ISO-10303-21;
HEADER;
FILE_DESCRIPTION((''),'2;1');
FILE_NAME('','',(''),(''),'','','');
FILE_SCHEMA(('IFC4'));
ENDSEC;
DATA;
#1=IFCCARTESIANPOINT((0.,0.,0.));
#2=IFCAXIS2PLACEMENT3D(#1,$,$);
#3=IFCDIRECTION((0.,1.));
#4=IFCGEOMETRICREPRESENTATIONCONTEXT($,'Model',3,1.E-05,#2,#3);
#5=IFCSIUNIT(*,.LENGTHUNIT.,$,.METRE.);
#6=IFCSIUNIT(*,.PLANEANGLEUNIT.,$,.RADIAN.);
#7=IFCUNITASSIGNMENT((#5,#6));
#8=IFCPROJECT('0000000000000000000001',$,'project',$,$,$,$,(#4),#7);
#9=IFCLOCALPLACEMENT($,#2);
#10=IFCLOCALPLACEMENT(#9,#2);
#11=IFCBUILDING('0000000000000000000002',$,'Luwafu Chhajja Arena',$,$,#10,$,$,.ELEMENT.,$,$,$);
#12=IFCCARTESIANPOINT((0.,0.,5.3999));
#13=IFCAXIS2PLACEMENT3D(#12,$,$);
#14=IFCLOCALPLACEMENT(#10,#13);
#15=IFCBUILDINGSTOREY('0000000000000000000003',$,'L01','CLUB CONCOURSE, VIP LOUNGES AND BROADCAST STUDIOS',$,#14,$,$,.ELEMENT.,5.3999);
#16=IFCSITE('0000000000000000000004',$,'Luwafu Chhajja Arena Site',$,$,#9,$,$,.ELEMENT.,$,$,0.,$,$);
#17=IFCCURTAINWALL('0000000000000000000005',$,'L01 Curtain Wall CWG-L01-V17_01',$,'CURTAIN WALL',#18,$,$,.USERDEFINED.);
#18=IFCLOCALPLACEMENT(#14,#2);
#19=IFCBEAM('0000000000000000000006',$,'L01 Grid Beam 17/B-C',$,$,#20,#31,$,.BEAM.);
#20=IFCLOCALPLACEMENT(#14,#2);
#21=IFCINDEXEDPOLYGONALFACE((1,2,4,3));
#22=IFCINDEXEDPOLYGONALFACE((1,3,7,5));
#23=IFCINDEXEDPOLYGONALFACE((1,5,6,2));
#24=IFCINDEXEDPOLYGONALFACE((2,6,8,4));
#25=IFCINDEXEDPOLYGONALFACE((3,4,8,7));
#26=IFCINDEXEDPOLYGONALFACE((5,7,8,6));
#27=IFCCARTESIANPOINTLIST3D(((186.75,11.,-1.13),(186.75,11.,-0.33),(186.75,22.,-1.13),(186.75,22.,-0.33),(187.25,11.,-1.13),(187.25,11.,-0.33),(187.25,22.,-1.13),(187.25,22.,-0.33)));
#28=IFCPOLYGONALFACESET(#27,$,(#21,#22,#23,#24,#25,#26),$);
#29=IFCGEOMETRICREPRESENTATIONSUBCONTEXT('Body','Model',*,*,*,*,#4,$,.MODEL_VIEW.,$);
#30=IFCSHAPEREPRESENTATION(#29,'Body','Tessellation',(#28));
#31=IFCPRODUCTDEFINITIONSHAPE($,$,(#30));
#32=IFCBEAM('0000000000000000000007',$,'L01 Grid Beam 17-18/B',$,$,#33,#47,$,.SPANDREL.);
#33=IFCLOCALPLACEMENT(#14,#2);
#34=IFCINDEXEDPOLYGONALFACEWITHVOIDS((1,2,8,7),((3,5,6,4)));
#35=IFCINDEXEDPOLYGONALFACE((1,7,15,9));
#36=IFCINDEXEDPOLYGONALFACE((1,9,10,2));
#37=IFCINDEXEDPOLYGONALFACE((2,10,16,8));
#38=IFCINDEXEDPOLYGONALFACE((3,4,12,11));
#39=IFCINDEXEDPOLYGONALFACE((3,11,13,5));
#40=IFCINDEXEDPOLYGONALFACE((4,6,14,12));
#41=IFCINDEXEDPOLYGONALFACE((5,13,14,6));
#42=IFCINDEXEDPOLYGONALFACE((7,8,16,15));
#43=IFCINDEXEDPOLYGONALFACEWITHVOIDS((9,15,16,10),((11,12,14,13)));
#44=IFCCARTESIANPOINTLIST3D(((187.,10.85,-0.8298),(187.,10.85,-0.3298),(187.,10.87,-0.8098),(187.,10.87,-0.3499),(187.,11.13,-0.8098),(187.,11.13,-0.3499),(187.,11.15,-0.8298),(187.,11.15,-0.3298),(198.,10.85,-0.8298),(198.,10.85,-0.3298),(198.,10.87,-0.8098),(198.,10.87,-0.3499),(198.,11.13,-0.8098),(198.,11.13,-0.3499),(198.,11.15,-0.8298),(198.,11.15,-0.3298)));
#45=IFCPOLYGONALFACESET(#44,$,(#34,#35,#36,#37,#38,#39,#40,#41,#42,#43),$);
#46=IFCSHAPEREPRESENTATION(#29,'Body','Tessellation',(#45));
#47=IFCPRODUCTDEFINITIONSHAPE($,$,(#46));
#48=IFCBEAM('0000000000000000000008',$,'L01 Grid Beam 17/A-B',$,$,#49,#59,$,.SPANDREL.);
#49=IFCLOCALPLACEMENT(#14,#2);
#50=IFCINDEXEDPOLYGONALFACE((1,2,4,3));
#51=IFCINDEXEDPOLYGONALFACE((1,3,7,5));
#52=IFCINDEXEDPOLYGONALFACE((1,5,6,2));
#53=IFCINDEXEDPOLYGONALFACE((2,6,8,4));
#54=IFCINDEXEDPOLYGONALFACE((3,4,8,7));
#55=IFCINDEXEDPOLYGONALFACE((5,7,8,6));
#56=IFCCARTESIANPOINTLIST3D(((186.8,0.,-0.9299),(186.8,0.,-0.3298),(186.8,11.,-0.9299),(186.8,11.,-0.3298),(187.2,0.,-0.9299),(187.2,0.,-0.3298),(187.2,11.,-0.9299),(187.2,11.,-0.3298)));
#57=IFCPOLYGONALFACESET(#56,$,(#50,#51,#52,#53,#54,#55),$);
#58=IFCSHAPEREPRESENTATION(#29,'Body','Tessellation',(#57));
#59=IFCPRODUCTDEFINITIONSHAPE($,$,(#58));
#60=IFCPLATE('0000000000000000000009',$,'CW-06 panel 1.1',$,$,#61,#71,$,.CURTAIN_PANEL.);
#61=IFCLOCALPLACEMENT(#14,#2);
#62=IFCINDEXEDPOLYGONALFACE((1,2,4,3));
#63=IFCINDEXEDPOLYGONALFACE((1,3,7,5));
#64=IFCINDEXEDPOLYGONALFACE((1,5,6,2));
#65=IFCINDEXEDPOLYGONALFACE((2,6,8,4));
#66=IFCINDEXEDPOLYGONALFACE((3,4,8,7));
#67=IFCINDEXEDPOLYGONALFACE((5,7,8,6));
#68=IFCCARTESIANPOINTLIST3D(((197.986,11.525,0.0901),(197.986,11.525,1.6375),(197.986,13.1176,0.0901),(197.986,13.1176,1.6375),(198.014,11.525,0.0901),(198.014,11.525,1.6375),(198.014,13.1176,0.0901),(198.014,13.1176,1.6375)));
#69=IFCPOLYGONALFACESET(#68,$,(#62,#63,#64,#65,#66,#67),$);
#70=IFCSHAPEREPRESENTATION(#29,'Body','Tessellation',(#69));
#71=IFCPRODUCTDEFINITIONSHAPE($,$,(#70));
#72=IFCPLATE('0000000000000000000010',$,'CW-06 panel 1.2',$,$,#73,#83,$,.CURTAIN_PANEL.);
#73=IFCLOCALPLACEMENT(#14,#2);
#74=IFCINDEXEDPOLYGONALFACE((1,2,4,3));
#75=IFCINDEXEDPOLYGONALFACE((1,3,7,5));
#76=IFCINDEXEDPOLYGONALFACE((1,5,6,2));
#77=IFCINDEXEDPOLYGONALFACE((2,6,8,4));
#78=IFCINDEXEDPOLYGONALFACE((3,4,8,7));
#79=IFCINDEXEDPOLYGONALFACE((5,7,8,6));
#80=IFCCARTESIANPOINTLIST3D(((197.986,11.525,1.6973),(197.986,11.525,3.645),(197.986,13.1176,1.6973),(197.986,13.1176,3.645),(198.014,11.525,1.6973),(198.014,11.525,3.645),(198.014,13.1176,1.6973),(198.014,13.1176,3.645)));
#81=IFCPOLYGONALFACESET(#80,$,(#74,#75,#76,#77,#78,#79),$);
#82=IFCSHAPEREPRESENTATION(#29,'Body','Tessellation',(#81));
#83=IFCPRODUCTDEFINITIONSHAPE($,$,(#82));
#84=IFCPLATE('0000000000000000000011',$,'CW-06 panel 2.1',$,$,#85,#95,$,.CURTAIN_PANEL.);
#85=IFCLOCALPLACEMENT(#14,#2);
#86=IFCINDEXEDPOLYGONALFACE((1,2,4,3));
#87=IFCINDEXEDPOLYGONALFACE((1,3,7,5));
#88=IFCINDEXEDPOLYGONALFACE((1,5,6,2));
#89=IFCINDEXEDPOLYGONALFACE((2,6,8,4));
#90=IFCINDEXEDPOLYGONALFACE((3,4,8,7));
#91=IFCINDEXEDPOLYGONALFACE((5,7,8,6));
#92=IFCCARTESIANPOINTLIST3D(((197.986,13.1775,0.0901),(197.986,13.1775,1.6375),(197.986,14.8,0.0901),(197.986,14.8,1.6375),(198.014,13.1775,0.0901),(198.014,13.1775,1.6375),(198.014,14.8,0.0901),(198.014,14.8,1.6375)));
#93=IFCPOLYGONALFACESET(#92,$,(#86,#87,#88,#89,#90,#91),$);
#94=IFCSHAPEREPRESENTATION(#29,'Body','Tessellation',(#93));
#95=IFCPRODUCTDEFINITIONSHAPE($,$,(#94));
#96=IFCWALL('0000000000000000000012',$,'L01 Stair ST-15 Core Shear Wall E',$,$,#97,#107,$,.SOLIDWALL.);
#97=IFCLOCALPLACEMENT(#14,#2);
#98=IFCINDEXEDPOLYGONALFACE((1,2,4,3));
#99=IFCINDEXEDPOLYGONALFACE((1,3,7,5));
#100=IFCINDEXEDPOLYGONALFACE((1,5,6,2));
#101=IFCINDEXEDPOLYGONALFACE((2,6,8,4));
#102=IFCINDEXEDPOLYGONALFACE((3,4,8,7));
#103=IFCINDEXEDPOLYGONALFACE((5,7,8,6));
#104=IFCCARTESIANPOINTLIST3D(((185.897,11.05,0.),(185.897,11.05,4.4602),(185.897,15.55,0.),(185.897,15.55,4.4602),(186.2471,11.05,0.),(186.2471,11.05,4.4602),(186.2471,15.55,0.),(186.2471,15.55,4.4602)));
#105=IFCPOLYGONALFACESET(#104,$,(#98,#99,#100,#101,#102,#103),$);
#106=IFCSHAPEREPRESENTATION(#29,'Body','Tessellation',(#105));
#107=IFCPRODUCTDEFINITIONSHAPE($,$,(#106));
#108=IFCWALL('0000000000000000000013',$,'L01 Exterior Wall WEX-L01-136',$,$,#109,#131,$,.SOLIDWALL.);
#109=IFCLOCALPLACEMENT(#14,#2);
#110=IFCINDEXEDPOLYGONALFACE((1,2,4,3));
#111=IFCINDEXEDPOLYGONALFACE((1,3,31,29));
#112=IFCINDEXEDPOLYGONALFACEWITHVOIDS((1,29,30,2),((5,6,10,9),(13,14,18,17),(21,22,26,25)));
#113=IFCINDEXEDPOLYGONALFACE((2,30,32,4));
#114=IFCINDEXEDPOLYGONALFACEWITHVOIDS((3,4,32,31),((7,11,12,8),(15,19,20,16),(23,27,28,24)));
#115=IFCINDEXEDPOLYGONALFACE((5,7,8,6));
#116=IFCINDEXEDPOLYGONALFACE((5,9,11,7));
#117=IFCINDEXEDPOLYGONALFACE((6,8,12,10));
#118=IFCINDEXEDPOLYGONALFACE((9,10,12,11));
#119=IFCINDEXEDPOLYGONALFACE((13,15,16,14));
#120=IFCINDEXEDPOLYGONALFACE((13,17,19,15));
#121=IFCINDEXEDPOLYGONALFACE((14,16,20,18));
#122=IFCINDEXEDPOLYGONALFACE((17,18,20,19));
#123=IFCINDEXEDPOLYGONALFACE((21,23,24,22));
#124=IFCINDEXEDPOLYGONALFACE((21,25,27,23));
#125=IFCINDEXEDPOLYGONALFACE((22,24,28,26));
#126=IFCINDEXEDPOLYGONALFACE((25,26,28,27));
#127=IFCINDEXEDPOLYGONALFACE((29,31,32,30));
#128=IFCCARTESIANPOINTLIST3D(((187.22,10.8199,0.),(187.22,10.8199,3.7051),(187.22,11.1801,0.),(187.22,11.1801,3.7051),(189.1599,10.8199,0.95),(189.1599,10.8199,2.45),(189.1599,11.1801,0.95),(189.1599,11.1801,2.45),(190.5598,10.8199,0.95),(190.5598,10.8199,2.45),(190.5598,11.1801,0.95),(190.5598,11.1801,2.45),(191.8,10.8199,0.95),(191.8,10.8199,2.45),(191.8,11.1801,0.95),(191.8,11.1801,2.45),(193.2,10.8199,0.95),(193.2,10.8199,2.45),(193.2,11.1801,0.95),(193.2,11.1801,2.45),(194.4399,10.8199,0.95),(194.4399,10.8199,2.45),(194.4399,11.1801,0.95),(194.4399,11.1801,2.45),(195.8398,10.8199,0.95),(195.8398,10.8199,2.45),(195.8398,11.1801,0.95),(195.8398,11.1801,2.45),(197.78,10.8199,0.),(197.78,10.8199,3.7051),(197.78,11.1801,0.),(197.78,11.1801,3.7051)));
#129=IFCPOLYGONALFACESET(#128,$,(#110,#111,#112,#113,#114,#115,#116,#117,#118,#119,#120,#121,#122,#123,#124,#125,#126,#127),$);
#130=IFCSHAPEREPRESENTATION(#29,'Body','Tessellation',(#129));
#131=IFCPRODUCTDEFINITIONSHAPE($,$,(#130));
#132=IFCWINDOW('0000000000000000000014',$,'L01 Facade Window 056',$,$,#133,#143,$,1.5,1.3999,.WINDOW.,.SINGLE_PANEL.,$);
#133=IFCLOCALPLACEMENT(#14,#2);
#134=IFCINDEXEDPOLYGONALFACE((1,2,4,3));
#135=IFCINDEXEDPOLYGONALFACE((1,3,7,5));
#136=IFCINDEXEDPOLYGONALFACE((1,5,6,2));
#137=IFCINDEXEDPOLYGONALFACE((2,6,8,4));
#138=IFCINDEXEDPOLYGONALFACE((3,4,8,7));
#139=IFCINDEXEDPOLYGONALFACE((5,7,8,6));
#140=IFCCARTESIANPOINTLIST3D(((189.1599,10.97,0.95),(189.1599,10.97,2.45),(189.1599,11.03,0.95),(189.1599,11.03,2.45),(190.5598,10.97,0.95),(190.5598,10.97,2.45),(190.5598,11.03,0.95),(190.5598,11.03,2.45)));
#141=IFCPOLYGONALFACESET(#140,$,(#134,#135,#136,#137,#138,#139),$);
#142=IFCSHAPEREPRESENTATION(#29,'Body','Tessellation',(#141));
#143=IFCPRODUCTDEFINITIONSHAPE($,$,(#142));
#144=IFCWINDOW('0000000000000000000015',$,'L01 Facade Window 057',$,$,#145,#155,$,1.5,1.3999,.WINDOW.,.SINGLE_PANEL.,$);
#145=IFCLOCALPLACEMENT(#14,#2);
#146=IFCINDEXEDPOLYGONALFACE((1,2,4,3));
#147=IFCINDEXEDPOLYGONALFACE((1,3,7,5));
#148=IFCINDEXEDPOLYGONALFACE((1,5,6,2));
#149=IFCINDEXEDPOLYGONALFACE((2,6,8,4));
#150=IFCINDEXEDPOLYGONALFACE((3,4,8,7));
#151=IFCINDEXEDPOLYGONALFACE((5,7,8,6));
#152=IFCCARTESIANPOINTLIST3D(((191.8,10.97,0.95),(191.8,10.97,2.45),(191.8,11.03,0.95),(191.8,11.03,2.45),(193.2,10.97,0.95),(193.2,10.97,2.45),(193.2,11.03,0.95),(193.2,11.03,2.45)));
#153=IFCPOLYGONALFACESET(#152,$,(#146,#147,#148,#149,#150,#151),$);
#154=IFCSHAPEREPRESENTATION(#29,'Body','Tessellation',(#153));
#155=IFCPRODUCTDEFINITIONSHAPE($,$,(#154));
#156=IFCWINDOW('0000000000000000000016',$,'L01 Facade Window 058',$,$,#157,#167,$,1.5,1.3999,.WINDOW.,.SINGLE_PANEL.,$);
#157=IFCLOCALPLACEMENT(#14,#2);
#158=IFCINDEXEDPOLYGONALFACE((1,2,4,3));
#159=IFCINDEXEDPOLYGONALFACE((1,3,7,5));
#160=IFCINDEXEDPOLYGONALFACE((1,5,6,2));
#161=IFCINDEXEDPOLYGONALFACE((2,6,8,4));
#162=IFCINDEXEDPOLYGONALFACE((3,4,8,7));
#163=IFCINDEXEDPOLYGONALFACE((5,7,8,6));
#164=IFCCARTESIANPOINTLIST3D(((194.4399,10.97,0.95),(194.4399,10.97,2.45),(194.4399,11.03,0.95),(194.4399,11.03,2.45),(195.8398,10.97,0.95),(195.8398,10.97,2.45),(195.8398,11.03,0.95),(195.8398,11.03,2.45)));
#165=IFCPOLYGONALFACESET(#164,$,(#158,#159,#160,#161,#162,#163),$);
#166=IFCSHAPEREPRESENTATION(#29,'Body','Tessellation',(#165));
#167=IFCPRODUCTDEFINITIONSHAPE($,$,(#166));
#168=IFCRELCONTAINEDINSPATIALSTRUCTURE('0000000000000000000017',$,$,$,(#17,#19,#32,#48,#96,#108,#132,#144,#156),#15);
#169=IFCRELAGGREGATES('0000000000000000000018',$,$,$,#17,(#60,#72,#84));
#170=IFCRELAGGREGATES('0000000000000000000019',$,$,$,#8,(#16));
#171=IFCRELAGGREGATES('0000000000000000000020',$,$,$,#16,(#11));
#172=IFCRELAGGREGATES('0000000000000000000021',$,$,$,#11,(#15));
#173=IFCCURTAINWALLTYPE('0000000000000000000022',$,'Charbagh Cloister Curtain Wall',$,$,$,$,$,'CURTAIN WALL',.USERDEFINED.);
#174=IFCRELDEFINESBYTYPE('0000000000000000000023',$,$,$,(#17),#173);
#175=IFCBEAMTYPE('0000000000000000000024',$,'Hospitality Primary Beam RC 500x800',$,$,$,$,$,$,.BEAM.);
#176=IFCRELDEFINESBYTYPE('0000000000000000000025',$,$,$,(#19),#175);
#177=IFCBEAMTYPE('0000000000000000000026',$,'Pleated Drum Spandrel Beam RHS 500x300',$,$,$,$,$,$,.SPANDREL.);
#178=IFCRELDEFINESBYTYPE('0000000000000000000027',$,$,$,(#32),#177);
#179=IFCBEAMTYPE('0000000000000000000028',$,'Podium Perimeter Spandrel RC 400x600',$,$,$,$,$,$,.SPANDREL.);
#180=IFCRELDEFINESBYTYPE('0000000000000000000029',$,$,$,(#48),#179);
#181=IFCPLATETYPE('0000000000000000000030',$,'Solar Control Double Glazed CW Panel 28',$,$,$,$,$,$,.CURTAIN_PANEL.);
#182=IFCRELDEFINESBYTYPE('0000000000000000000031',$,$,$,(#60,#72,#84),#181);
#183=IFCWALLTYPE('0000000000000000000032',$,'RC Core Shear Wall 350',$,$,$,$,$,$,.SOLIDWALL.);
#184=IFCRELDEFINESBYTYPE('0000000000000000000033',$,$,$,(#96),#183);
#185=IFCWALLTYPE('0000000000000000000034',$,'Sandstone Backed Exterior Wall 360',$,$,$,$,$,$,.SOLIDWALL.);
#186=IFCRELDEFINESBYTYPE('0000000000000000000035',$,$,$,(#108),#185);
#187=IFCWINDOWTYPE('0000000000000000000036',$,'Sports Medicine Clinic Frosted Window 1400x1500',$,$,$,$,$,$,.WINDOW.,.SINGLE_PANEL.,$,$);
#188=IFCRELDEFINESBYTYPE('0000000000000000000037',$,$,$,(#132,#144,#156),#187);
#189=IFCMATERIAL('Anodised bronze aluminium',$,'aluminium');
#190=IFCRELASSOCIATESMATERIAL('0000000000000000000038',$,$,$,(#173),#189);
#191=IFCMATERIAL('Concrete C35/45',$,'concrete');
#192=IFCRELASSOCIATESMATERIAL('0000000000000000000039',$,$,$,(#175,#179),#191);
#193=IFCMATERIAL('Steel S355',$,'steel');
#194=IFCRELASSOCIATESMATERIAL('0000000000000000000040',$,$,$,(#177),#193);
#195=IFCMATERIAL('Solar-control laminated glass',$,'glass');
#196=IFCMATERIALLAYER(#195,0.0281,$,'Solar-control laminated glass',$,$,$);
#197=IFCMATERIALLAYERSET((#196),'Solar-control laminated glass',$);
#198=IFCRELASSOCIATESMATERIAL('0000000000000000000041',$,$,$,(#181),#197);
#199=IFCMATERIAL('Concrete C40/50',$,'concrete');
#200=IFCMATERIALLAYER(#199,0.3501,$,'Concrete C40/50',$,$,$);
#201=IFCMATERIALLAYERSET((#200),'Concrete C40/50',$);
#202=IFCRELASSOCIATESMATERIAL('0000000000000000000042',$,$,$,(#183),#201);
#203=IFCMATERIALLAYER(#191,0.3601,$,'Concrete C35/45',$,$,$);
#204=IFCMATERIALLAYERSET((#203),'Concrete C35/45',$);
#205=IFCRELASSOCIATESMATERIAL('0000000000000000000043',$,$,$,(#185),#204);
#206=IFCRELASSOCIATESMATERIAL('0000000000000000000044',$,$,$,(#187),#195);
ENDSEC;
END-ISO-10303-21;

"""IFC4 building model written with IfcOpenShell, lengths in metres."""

from ifc_helpers import new_model, si_unit, direction, frame, frame_2d, origin, origin_2d, place, context, subcontext, project, spatial, rectangle, hollow_rectangle, extrude, material, layer, layer_set, material_profile, profile_set, type_object, element, fill, aggregate, save


model = new_model("IFC4")

# Units and contexts
model_context = context("Model", 3, precision=1e-05, world=origin(), true_north=direction((0.0, 1.0)))
body_context = subcontext(model_context, "Body", "Model", "MODEL_VIEW")
ifc_project = project(units=[si_unit("LENGTHUNIT", "METRE"), si_unit("PLANEANGLEUNIT", "RADIAN")], contexts=[model_context])

# Site, building, storey
site_placement = place(None, origin())
site = spatial("IfcSite", under=ifc_project, at=site_placement, Name="Luwafu Chhajja Arena Site", CompositionType="ELEMENT", RefElevation=0.0)
building_placement = place(site_placement, origin())
building = spatial("IfcBuilding", under=site, at=building_placement, Name="Luwafu Chhajja Arena", CompositionType="ELEMENT")
storey_placement = place(building_placement, frame((0.0, 0.0, 5.3999)))
storey = spatial("IfcBuildingStorey", under=building, at=storey_placement, Name="L01", Description="CLUB CONCOURSE, VIP LOUNGES AND BROADCAST STUDIOS", CompositionType="ELEMENT", Elevation=5.3999)

# Shared definitions
ifc_material_1 = material(Name="Concrete C35/45", Category="concrete")

# Curtain wall
ifc_material_2 = material(Name="Anodised bronze aluminium", Category="aluminium")
curtain_wall_type = type_object("IfcCurtainWallType", Name="Charbagh Cloister Curtain Wall", ElementType="CURTAIN WALL", PredefinedType="USERDEFINED", material=ifc_material_2)
curtain_wall_placement = place(storey_placement, origin())
curtain_wall = element("IfcCurtainWall", 1, at=curtain_wall_placement, inside=storey, type_object=curtain_wall_type, Name="L01 Curtain Wall CWG-L01-V17_01", ObjectType="CURTAIN WALL", PredefinedType="USERDEFINED")

# Beams
ifc_material_3 = material(Name="Steel S355", Category="steel")
ifc_material_profile_1 = material_profile(ifc_material_1, rectangle(XDim=0.5, YDim=0.8, at=origin_2d()), Name="RC 500x800")
ifc_profile_set_1 = profile_set([ifc_material_profile_1], Name="Concrete C35/45")
beam_type_1 = type_object("IfcBeamType", Name="Hospitality Primary Beam RC 500x800", PredefinedType="BEAM", material=ifc_profile_set_1)
beam_1_placement = place(storey_placement, frame((187.0, 11.0, -0.73), z_axis=(0.0, 1.0, 0.0), x_axis=(-1.0, 0.0, 0.0)))
element("IfcBeam", 2, at=beam_1_placement, inside=storey, type_object=beam_type_1, Name="L01 Grid Beam 17/B-C", PredefinedType="BEAM", context=body_context, shape_type="SweptSolid", body=[
    extrude(rectangle(XDim=0.5, YDim=0.8, at=origin_2d()), origin(), (0.0, 0.0, 1.0), 11.0),
])
ifc_material_profile_2 = material_profile(ifc_material_3, hollow_rectangle(XDim=0.3, YDim=0.5, WallThickness=0.02, at=origin_2d()), Name="RHS 500x300x20")
ifc_profile_set_2 = profile_set([ifc_material_profile_2], Name="Steel S355")
beam_type_2 = type_object("IfcBeamType", Name="Pleated Drum Spandrel Beam RHS 500x300", PredefinedType="SPANDREL", material=ifc_profile_set_2)
beam_2_placement = place(storey_placement, frame((187.0, 11.0, -0.5798), z_axis=(1.0, 0.0, 0.0), x_axis=(0.0, 1.0, 0.0)))
element("IfcBeam", 3, at=beam_2_placement, inside=storey, type_object=beam_type_2, Name="L01 Grid Beam 17-18/B", PredefinedType="SPANDREL", context=body_context, shape_type="SweptSolid", body=[
    extrude(hollow_rectangle(XDim=0.3, YDim=0.5, WallThickness=0.02, at=origin_2d()), origin(), (0.0, 0.0, 1.0), 11.0),
])
ifc_material_profile_3 = material_profile(ifc_material_1, rectangle(XDim=0.3999, YDim=0.6001, at=origin_2d()), Name="RC 400x600")
ifc_profile_set_3 = profile_set([ifc_material_profile_3], Name="Concrete C35/45")
beam_type_3 = type_object("IfcBeamType", Name="Podium Perimeter Spandrel RC 400x600", PredefinedType="SPANDREL", material=ifc_profile_set_3)
beam_3_placement = place(storey_placement, frame((187.0, 0.0, -0.6299), z_axis=(0.0, 1.0, 0.0), x_axis=(-1.0, 0.0, 0.0)))
element("IfcBeam", 4, at=beam_3_placement, inside=storey, type_object=beam_type_3, Name="L01 Grid Beam 17/A-B", PredefinedType="SPANDREL", context=body_context, shape_type="SweptSolid", body=[
    extrude(rectangle(XDim=0.3999, YDim=0.6001, at=origin_2d()), origin(), (0.0, 0.0, 1.0), 11.0),
])

# Plates
ifc_material_4 = material(Name="Solar-control laminated glass", Category="glass")
ifc_layer_1 = layer(ifc_material_4, 0.0281, Name="Solar-control laminated glass")
ifc_layer_set_1 = layer_set([ifc_layer_1], Name="Solar-control laminated glass")
plate_type = type_object("IfcPlateType", Name="Solar Control Double Glazed CW Panel 28", PredefinedType="CURTAIN_PANEL", material=ifc_layer_set_1)
plate_1_placement = place(storey_placement, frame((198.0, 12.3213, 0.0901), z_axis=(0.0, 0.0, 1.0), x_axis=(0.0, 1.0, 0.0)))
plate_1 = element("IfcPlate", 5, at=plate_1_placement, type_object=plate_type, Name="CW-06 panel 1.1", PredefinedType="CURTAIN_PANEL", context=body_context, shape_type="SweptSolid", body=[
    extrude(rectangle(XDim=1.5925, YDim=0.0281, at=origin_2d()), origin(), (0.0, 0.0, 1.0), 1.5474),
])
plate_2_placement = place(storey_placement, frame((198.0, 12.3213, 1.6973), z_axis=(0.0, 0.0, 1.0), x_axis=(0.0, 1.0, 0.0)))
plate_2 = element("IfcPlate", 6, at=plate_2_placement, type_object=plate_type, Name="CW-06 panel 1.2", PredefinedType="CURTAIN_PANEL", context=body_context, shape_type="SweptSolid", body=[
    extrude(rectangle(XDim=1.5925, YDim=0.0281, at=origin_2d()), origin(), (0.0, 0.0, 1.0), 1.9478),
])
plate_3_placement = place(storey_placement, frame((198.0, 13.9888, 0.0901), z_axis=(0.0, 0.0, 1.0), x_axis=(0.0, 1.0, 0.0)))
plate_3 = element("IfcPlate", 7, at=plate_3_placement, type_object=plate_type, Name="CW-06 panel 2.1", PredefinedType="CURTAIN_PANEL", context=body_context, shape_type="SweptSolid", body=[
    extrude(rectangle(XDim=1.6226, YDim=0.0281, at=origin_2d()), origin(), (0.0, 0.0, 1.0), 1.5474),
])
aggregate(curtain_wall, [plate_1, plate_2, plate_3])

# Wall
ifc_material_5 = material(Name="Concrete C40/50", Category="concrete")
ifc_layer_2 = layer(ifc_material_5, 0.3501, Name="Concrete C40/50")
ifc_layer_set_2 = layer_set([ifc_layer_2], Name="Concrete C40/50")
wall_type_1 = type_object("IfcWallType", Name="RC Core Shear Wall 350", PredefinedType="SOLIDWALL", material=ifc_layer_set_2)
wall_1_placement = place(storey_placement, frame((186.072, 11.05, 0.0), z_axis=(0.0, 0.0, 1.0), x_axis=(0.0, 1.0, 0.0)))
element("IfcWall", 8, at=wall_1_placement, inside=storey, type_object=wall_type_1, Name="L01 Stair ST-15 Core Shear Wall E", PredefinedType="SOLIDWALL", context=body_context, shape_type="SweptSolid", body=[
    extrude(rectangle(XDim=4.5, YDim=0.3501, at=frame_2d((2.25, 0.0))), origin(), (0.0, 0.0, 1.0), 4.4602),
])

# Wall, openings, windows
ifc_layer_3 = layer(ifc_material_1, 0.3601, Name="Concrete C35/45")
ifc_layer_set_3 = layer_set([ifc_layer_3], Name="Concrete C35/45")
wall_type_2 = type_object("IfcWallType", Name="Sandstone Backed Exterior Wall 360", PredefinedType="SOLIDWALL", material=ifc_layer_set_3)
wall_2_placement = place(storey_placement, frame((187.22, 11.0, 0.0), z_axis=(0.0, 0.0, 1.0), x_axis=(1.0, 0.0, 0.0)))
wall_2 = element("IfcWall", 9, at=wall_2_placement, inside=storey, type_object=wall_type_2, Name="L01 Exterior Wall WEX-L01-136", PredefinedType="SOLIDWALL", context=body_context, shape_type="SweptSolid", body=[
    extrude(rectangle(XDim=10.5601, YDim=0.3601, at=frame_2d((5.28, 0.0))), origin(), (0.0, 0.0, 1.0), 3.7051),
])
opening_1_placement = place(wall_2_placement, frame((1.9399, 0.0, 0.95)))
opening_1 = element("IfcOpeningElement", 10, at=opening_1_placement, cuts=wall_2, PredefinedType="OPENING", context=body_context, shape_type="SweptSolid", body=[
    extrude(rectangle(XDim=1.3999, YDim=1.5, at=frame_2d((0.7, 0.75))), frame((0.0, 0.1899, 0.0), z_axis=(0.0, -1.0, 0.0), x_axis=(1.0, 0.0, 0.0)), (0.0, 0.0, 1.0), 0.3801),
])
opening_2_placement = place(wall_2_placement, frame((4.5801, 0.0, 0.95)))
opening_2 = element("IfcOpeningElement", 11, at=opening_2_placement, cuts=wall_2, PredefinedType="OPENING", context=body_context, shape_type="SweptSolid", body=[
    extrude(rectangle(XDim=1.3999, YDim=1.5, at=frame_2d((0.7, 0.75))), frame((0.0, 0.1899, 0.0), z_axis=(0.0, -1.0, 0.0), x_axis=(1.0, 0.0, 0.0)), (0.0, 0.0, 1.0), 0.3801),
])
opening_3_placement = place(wall_2_placement, frame((7.22, 0.0, 0.95)))
opening_3 = element("IfcOpeningElement", 12, at=opening_3_placement, cuts=wall_2, PredefinedType="OPENING", context=body_context, shape_type="SweptSolid", body=[
    extrude(rectangle(XDim=1.3999, YDim=1.5, at=frame_2d((0.7, 0.75))), frame((0.0, 0.1899, 0.0), z_axis=(0.0, -1.0, 0.0), x_axis=(1.0, 0.0, 0.0)), (0.0, 0.0, 1.0), 0.3801),
])
window_type = type_object("IfcWindowType", Name="Sports Medicine Clinic Frosted Window 1400x1500", PartitioningType="SINGLE_PANEL", PredefinedType="WINDOW", material=ifc_material_4)
window_1_placement = place(opening_1_placement, origin())
window_1 = element("IfcWindow", 13, at=window_1_placement, inside=storey, type_object=window_type, Name="L01 Facade Window 056", OverallHeight=1.5, OverallWidth=1.3999, PartitioningType="SINGLE_PANEL", PredefinedType="WINDOW", context=body_context, shape_type="SweptSolid", body=[
    extrude(rectangle(XDim=1.3999, YDim=1.5, at=frame_2d((0.7, 0.75))), frame((0.0, 0.03, 0.0), z_axis=(0.0, -1.0, 0.0), x_axis=(1.0, 0.0, 0.0)), (0.0, 0.0, 1.0), 0.0601),
])
fill(opening_1, window_1)
window_2_placement = place(opening_2_placement, origin())
window_2 = element("IfcWindow", 14, at=window_2_placement, inside=storey, type_object=window_type, Name="L01 Facade Window 057", OverallHeight=1.5, OverallWidth=1.3999, PartitioningType="SINGLE_PANEL", PredefinedType="WINDOW", context=body_context, shape_type="SweptSolid", body=[
    extrude(rectangle(XDim=1.3999, YDim=1.5, at=frame_2d((0.7, 0.75))), frame((0.0, 0.03, 0.0), z_axis=(0.0, -1.0, 0.0), x_axis=(1.0, 0.0, 0.0)), (0.0, 0.0, 1.0), 0.0601),
])
fill(opening_2, window_2)
window_3_placement = place(opening_3_placement, origin())
window_3 = element("IfcWindow", 15, at=window_3_placement, inside=storey, type_object=window_type, Name="L01 Facade Window 058", OverallHeight=1.5, OverallWidth=1.3999, PartitioningType="SINGLE_PANEL", PredefinedType="WINDOW", context=body_context, shape_type="SweptSolid", body=[
    extrude(rectangle(XDim=1.3999, YDim=1.5, at=frame_2d((0.7, 0.75))), frame((0.0, 0.03, 0.0), z_axis=(0.0, -1.0, 0.0), x_axis=(1.0, 0.0, 0.0)), (0.0, 0.0, 1.0), 0.0601),
])
fill(opening_3, window_3)

save(model, "model.ifc")
